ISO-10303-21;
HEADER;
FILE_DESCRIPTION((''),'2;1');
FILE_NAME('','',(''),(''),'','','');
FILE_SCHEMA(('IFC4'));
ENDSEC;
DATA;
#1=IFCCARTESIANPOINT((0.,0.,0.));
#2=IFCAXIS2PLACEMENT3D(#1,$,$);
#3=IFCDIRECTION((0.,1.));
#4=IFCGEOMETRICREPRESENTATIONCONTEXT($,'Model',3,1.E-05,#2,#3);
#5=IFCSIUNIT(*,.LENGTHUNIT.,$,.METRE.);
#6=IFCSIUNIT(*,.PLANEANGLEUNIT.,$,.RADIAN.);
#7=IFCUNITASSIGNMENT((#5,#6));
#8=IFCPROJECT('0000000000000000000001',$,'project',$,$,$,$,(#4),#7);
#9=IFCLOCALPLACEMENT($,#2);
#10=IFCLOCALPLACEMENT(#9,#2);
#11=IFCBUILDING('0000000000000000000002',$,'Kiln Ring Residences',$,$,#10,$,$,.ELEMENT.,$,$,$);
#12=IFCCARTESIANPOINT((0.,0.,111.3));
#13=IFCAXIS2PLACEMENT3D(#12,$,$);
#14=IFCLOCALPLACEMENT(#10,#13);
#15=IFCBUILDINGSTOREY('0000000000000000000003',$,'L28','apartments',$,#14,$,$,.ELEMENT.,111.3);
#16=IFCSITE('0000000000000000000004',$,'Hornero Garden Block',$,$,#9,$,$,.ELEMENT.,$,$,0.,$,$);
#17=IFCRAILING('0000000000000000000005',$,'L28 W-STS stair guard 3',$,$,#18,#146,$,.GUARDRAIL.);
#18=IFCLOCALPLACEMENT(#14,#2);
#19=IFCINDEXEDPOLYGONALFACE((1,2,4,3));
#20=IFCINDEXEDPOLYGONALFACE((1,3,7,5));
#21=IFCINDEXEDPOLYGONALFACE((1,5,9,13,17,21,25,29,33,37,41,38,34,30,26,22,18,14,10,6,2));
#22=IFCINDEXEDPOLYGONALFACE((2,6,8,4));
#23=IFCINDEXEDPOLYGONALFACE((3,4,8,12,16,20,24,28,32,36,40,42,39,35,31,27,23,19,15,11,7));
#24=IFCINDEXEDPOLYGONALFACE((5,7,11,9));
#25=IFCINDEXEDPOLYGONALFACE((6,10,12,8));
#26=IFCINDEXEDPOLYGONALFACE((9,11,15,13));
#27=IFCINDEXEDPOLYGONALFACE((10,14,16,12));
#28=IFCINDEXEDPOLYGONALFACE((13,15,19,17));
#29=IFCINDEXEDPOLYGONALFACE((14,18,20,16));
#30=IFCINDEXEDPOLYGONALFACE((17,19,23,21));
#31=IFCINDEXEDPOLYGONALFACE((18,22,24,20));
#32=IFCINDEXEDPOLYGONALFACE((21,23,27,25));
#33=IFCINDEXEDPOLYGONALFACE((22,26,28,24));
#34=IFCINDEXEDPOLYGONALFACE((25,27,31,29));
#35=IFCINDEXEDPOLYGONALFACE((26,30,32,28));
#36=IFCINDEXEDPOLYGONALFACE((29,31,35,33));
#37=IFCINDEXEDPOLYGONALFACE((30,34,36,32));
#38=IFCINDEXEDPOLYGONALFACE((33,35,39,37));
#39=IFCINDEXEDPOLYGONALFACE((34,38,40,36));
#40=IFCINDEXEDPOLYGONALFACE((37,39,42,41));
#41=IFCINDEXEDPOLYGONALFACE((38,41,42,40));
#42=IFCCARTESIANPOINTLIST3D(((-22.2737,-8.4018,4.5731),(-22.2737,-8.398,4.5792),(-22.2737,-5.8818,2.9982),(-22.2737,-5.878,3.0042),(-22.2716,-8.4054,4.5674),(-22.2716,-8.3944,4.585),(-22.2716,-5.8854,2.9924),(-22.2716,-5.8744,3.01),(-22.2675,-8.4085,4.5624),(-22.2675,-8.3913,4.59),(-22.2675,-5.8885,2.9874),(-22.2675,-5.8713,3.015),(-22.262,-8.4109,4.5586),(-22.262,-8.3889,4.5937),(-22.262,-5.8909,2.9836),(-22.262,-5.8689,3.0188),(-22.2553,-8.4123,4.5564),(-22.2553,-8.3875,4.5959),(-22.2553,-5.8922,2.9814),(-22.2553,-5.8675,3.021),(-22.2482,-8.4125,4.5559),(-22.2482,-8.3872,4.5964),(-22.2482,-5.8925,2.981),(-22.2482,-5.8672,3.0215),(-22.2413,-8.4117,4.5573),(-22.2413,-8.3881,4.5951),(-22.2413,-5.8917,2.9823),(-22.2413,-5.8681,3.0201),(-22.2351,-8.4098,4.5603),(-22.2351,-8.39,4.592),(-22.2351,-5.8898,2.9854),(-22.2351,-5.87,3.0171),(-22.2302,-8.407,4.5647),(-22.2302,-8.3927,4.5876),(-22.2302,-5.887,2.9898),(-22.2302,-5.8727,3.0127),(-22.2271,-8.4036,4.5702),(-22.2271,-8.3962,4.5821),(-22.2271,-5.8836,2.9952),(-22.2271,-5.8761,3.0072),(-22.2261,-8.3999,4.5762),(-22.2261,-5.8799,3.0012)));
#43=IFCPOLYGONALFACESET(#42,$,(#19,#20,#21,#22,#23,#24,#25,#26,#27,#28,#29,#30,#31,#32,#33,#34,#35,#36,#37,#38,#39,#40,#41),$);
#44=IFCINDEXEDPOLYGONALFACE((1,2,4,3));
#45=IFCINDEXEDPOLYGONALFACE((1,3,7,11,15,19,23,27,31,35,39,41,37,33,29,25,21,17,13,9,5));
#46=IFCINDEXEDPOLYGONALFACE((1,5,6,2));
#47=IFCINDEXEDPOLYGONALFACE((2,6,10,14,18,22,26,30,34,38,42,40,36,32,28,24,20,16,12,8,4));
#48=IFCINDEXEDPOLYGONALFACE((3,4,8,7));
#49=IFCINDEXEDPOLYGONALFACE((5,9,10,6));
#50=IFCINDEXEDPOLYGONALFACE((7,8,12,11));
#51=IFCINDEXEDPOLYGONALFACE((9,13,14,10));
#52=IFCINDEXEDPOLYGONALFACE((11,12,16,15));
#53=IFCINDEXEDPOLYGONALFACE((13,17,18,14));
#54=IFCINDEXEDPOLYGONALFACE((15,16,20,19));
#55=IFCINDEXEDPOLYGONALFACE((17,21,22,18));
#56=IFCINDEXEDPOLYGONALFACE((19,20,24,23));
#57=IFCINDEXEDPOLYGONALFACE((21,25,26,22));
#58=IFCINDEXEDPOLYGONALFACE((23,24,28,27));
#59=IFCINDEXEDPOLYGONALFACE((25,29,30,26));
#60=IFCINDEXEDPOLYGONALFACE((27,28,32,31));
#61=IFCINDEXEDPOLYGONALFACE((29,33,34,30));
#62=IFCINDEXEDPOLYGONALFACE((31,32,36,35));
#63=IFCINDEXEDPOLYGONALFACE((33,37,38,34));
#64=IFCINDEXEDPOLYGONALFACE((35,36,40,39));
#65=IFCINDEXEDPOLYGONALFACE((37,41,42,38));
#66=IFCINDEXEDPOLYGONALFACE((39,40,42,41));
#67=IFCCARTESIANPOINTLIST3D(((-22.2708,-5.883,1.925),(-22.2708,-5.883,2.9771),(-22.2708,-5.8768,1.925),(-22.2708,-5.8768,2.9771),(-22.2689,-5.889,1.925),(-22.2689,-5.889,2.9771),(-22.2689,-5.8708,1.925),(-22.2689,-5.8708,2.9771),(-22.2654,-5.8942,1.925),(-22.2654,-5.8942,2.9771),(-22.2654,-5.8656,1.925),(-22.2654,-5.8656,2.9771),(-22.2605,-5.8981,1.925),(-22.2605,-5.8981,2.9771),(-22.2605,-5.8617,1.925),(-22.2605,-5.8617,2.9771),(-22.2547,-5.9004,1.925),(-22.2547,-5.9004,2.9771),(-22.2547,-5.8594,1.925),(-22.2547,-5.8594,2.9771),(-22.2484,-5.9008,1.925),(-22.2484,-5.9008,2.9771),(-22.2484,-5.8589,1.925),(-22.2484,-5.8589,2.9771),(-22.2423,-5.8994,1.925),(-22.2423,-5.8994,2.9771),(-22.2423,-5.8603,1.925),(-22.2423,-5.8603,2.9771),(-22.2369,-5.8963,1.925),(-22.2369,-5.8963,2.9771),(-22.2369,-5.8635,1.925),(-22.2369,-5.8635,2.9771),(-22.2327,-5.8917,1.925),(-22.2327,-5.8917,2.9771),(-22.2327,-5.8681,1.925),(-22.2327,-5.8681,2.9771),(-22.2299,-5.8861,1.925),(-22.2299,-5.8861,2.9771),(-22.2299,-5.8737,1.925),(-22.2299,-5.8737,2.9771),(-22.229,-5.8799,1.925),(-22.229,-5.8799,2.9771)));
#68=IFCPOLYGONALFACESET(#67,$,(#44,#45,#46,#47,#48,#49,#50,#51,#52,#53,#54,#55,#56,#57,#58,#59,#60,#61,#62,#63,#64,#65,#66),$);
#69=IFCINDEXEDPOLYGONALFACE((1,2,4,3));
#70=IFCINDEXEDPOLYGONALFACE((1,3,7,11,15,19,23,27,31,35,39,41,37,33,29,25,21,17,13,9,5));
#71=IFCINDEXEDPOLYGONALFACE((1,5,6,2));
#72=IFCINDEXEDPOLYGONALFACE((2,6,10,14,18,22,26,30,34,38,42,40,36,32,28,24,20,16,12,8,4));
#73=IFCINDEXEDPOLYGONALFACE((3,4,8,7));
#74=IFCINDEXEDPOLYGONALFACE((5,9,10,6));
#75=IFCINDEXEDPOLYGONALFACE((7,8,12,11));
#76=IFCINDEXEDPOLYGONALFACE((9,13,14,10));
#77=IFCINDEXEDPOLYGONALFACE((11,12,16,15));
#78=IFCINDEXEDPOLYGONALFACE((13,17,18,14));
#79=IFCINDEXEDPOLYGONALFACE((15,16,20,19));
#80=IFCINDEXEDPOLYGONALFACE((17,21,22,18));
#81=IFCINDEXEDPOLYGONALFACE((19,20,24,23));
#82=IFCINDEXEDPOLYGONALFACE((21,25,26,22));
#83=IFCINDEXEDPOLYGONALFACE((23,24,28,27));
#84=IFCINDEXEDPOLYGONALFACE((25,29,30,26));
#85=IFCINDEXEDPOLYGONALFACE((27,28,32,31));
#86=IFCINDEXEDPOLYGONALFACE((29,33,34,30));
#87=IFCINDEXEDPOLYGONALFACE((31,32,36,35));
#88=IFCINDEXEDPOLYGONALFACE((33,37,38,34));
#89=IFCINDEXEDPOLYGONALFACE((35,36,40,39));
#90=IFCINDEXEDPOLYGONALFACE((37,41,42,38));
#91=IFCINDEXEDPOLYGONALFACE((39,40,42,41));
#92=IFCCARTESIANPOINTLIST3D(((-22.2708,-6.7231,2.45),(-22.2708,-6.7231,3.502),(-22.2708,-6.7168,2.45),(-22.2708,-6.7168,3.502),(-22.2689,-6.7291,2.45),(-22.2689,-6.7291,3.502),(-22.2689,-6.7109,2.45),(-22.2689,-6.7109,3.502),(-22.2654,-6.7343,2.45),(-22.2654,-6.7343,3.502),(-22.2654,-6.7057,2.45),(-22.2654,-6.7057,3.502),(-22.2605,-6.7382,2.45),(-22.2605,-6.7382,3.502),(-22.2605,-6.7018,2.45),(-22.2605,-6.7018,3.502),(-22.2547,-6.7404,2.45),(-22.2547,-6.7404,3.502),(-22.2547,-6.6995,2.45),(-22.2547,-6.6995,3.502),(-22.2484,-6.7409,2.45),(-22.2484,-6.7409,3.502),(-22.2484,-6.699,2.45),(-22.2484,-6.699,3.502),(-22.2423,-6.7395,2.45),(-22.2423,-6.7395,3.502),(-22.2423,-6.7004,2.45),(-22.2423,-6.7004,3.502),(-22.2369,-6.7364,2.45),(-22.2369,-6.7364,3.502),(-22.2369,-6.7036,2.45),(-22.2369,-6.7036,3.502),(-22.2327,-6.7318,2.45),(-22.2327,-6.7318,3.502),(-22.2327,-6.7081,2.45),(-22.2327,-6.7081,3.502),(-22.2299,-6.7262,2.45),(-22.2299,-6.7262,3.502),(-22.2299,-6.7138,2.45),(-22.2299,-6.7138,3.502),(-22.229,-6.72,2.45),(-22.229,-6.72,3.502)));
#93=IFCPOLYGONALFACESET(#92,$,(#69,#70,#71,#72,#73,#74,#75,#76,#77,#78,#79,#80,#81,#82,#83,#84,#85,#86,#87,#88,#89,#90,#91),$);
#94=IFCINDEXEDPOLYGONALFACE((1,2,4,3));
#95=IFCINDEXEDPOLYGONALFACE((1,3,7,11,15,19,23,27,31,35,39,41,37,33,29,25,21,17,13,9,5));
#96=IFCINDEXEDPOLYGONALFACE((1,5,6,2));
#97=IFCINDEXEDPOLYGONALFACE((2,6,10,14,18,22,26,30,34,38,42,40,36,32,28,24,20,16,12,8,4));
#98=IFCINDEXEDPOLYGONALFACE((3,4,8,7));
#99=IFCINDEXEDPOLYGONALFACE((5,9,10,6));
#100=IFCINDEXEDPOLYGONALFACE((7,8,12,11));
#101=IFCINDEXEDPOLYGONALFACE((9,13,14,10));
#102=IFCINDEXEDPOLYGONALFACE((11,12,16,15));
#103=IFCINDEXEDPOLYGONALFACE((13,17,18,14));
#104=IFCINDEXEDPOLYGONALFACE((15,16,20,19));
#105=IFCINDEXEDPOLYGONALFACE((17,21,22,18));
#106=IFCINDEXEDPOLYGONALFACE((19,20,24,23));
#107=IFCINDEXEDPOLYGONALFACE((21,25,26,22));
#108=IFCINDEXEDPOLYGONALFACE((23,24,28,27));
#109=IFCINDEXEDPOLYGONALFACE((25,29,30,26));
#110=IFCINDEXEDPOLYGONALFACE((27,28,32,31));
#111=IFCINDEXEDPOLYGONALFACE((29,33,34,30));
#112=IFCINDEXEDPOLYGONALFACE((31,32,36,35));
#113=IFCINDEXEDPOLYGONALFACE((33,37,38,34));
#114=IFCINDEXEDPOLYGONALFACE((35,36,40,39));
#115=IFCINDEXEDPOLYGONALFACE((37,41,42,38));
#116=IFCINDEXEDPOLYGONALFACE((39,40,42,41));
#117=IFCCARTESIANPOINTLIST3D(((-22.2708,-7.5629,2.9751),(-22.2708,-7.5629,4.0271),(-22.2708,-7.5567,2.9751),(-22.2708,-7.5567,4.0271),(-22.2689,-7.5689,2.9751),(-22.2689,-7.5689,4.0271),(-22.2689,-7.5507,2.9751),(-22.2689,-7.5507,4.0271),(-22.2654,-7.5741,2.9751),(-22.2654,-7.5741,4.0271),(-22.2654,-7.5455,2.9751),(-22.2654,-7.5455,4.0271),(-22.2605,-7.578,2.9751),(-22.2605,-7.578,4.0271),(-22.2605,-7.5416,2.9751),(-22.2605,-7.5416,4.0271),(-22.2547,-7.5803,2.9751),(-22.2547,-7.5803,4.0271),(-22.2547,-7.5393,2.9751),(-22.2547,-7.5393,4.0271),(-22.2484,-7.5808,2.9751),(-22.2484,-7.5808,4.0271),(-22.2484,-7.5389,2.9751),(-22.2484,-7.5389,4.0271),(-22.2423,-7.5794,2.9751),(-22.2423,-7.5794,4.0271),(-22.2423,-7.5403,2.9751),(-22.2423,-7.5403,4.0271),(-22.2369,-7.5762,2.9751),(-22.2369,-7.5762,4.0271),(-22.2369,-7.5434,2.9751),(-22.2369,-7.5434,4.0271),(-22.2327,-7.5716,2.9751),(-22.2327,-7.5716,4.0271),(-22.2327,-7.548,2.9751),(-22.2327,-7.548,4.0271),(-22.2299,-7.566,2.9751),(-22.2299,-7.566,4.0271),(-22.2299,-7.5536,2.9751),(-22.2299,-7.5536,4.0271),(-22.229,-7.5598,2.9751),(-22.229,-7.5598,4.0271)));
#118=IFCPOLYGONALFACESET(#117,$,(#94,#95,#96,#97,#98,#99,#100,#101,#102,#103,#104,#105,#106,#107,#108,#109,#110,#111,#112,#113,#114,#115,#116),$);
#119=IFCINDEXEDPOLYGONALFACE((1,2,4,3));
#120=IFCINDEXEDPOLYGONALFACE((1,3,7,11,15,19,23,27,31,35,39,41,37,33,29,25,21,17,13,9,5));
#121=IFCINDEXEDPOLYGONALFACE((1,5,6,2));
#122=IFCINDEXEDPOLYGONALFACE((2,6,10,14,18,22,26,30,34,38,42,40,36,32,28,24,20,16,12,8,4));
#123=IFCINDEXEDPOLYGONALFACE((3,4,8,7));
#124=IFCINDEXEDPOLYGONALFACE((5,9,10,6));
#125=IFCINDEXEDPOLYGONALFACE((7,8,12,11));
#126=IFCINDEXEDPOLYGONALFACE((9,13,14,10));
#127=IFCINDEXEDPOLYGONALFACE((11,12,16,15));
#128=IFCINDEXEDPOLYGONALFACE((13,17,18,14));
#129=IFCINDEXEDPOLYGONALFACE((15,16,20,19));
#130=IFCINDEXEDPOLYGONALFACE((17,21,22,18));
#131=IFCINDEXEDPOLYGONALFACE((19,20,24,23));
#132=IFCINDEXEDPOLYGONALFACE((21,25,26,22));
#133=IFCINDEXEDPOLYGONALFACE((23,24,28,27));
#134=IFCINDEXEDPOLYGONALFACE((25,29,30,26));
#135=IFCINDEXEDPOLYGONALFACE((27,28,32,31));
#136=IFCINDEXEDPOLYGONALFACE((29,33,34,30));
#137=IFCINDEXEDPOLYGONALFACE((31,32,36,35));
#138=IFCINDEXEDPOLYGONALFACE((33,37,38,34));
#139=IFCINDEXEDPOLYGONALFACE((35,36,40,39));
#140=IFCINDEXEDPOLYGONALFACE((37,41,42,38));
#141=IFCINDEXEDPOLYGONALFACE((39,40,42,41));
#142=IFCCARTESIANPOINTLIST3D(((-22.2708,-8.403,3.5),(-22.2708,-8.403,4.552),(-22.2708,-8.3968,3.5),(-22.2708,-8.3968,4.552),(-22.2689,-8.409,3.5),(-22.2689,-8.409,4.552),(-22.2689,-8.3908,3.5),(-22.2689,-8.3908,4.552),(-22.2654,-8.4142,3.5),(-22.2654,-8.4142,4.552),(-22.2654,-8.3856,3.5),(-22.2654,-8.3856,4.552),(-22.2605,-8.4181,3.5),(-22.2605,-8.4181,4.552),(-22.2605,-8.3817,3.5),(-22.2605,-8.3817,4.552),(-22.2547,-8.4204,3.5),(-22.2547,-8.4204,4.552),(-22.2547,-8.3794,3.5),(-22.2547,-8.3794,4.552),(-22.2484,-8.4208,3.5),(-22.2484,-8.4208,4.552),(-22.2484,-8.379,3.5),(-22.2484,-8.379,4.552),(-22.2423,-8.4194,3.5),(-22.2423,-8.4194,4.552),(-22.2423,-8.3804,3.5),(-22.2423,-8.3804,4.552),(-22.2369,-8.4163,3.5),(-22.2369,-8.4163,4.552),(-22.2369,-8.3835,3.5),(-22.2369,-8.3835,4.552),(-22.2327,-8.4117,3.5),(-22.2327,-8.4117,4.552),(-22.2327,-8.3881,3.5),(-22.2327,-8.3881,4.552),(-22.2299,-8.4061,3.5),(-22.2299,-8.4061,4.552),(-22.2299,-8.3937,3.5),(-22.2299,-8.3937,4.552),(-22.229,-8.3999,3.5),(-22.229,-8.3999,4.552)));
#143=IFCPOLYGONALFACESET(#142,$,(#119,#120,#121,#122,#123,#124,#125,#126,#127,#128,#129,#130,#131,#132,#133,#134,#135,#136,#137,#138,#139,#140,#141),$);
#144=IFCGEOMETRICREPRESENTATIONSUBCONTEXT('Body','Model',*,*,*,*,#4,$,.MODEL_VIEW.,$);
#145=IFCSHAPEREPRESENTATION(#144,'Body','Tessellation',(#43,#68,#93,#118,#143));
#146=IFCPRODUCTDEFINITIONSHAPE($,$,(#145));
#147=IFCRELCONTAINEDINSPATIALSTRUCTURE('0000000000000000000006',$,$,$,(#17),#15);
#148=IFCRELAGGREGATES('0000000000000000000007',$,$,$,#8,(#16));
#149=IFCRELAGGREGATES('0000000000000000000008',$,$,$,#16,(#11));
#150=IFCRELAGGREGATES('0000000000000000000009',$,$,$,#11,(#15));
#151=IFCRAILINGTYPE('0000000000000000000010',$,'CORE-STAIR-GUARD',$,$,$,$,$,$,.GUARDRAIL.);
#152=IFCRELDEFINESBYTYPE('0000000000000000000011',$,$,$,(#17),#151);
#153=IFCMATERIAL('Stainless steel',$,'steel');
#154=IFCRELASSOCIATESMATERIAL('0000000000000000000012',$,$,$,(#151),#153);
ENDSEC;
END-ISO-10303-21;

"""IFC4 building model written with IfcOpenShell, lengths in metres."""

from ifc_helpers import new_model, si_unit, direction, frame, origin, origin_2d, place, context, subcontext, project, spatial, circle, extrude, material, type_object, element, save


model = new_model("IFC4")

# Units and contexts
model_context = context("Model", 3, precision=1e-05, world=origin(), true_north=direction((0.0, 1.0)))
body_context = subcontext(model_context, "Body", "Model", "MODEL_VIEW")
ifc_project = project(units=[si_unit("LENGTHUNIT", "METRE"), si_unit("PLANEANGLEUNIT", "RADIAN")], contexts=[model_context])

# Site, building, storey
site_placement = place(None, origin())
site = spatial("IfcSite", under=ifc_project, at=site_placement, Name="Hornero Garden Block", CompositionType="ELEMENT", RefElevation=0.0)
building_placement = place(site_placement, origin())
building = spatial("IfcBuilding", under=site, at=building_placement, Name="Kiln Ring Residences", CompositionType="ELEMENT")
storey_placement = place(building_placement, frame((0.0, 0.0, 111.3)))
storey = spatial("IfcBuildingStorey", under=building, at=storey_placement, Name="L28", Description="apartments", CompositionType="ELEMENT", Elevation=111.3)

# Railing
ifc_material_1 = material(Name="Stainless steel", Category="steel")
railing_type_1 = type_object("IfcRailingType", Name="CORE-STAIR-GUARD", PredefinedType="GUARDRAIL", material=ifc_material_1)
railing_1_placement = place(storey_placement, frame((-22.25, -5.8799, 1.925)))
element("IfcRailing", 1, at=railing_1_placement, inside=storey, type_object=railing_type_1, Name="L28 W-STS stair guard 3", PredefinedType="GUARDRAIL", context=body_context, shape_type="SweptSolid", body=[
    extrude(circle(Radius=0.0239, at=origin_2d()), frame((0.0, 0.0, 1.0762), z_axis=(0.0, -0.848008, 0.529984), x_axis=(1.0, 0.0, 0.0)), (0.0, 0.0, 1.0), 2.9717),
    extrude(circle(Radius=0.021, at=origin_2d()), origin(), (0.0, 0.0, 1.0), 1.052),
    extrude(circle(Radius=0.021, at=origin_2d()), frame((0.0, -0.8401, 0.5249)), (0.0, 0.0, 1.0), 1.052),
    extrude(circle(Radius=0.021, at=origin_2d()), frame((0.0, -1.6799, 1.05)), (0.0, 0.0, 1.0), 1.052),
    extrude(circle(Radius=0.021, at=origin_2d()), frame((0.0, -2.52, 1.575)), (0.0, 0.0, 1.0), 1.052),
])

save(model, "model.ifc")
